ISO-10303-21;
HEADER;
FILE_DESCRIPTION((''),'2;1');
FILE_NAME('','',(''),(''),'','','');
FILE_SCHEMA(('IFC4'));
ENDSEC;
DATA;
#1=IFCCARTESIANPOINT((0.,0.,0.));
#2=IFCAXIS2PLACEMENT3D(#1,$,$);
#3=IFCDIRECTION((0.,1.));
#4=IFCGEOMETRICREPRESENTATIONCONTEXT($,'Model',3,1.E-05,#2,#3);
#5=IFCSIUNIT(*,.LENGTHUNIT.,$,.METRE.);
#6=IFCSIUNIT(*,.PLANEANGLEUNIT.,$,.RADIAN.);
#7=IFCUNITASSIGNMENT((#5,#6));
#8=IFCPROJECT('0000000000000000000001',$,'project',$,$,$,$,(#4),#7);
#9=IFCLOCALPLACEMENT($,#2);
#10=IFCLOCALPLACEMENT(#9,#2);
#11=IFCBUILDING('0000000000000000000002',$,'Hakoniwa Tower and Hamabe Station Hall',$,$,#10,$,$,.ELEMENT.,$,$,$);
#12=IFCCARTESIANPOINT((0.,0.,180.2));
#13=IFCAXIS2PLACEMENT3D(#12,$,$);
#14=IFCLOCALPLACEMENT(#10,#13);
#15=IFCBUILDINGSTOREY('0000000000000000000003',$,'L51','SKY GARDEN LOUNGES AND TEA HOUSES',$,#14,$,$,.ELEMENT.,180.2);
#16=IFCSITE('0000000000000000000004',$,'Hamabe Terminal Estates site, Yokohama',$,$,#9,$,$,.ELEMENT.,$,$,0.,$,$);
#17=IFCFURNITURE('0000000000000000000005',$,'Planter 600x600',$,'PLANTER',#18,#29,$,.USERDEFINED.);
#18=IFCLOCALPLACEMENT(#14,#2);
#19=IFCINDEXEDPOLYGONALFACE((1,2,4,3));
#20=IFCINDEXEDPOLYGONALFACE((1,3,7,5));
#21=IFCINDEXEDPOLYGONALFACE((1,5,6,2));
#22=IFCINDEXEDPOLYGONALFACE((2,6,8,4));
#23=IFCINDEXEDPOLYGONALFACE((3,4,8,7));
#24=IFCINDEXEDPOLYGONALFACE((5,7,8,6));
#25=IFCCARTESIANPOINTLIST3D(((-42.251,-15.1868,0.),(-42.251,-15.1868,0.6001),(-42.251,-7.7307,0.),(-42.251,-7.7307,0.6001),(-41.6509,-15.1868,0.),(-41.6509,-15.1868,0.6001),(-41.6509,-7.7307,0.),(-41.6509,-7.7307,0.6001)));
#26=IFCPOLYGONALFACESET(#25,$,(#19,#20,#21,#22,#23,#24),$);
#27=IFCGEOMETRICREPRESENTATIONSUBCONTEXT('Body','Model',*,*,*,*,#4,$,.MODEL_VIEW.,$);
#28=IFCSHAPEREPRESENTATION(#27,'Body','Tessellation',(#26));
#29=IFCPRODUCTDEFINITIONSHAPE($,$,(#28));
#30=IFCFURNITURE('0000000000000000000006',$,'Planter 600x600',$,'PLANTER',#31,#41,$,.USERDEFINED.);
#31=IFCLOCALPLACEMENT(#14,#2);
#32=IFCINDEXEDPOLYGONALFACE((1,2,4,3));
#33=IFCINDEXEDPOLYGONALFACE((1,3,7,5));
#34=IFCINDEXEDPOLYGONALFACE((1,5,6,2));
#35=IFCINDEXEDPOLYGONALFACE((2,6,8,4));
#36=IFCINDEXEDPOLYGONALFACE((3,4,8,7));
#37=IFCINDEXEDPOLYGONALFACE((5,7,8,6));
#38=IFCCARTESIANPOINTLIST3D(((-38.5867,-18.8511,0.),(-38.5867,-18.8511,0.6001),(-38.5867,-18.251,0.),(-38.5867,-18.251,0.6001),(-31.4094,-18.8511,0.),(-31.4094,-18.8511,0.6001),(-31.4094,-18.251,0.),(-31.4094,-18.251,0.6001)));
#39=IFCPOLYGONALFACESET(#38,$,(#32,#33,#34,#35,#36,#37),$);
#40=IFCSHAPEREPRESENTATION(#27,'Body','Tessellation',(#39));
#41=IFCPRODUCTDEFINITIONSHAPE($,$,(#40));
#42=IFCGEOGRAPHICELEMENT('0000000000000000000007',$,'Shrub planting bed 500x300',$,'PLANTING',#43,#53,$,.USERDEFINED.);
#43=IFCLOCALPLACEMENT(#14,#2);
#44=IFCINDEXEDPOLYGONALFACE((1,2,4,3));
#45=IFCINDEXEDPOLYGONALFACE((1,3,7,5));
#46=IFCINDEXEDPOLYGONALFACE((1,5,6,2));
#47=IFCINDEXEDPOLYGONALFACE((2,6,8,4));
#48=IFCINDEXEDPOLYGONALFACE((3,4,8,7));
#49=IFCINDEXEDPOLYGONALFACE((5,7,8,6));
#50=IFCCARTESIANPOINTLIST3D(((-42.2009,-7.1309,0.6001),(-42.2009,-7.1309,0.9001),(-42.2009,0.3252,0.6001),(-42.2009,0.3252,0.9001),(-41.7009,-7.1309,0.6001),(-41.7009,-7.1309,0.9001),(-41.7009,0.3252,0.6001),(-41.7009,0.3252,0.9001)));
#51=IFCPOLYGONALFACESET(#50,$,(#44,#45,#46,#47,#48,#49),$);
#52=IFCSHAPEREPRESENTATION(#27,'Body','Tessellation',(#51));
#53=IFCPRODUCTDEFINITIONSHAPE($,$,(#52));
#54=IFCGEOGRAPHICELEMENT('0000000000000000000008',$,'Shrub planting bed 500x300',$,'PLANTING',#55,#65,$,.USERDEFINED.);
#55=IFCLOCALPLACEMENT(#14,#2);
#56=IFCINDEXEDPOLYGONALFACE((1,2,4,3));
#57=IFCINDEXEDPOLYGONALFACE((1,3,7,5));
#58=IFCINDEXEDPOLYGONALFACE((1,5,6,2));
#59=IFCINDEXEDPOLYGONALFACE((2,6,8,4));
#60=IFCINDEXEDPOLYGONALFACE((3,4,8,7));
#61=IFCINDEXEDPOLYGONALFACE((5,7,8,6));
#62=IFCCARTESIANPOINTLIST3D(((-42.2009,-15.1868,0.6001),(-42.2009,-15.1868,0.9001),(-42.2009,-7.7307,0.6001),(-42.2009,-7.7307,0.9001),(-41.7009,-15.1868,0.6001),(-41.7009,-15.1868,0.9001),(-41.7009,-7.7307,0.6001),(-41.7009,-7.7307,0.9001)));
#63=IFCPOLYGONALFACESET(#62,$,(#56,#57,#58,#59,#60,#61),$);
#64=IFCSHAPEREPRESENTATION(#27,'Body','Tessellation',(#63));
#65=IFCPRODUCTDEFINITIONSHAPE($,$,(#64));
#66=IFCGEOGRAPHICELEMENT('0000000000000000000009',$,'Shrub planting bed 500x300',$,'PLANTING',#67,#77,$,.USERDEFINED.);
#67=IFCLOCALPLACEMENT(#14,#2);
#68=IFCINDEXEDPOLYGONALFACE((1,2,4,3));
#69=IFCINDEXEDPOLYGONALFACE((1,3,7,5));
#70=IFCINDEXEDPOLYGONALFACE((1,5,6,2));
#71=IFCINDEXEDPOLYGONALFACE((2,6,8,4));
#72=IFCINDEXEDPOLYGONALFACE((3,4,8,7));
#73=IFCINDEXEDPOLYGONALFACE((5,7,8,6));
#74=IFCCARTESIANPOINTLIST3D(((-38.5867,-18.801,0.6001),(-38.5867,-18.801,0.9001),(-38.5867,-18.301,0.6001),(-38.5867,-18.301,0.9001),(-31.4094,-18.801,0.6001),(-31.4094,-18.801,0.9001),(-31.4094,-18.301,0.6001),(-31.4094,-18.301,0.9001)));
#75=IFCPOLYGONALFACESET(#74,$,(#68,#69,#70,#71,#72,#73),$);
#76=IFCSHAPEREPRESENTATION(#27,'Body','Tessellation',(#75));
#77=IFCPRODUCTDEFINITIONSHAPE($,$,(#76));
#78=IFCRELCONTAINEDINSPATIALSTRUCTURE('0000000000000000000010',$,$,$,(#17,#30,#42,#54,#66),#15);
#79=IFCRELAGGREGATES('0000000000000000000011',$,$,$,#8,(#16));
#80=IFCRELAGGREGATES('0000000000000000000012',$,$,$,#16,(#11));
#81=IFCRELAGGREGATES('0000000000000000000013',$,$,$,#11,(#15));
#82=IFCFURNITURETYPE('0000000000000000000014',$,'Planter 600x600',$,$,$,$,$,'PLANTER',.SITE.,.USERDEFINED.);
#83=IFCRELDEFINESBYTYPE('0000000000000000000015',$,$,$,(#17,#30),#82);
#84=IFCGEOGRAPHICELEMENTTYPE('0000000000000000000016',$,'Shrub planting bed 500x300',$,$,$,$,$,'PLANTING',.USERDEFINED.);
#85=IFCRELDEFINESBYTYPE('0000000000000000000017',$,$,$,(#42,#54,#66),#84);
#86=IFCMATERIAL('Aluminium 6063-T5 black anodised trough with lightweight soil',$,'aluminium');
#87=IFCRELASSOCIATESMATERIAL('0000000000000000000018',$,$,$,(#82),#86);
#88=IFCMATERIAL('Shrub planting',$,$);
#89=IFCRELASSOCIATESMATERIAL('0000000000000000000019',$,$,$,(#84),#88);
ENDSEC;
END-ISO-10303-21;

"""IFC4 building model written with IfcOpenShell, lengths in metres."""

from ifc_helpers import new_model, si_unit, direction, frame, origin, origin_2d, place, context, subcontext, project, spatial, rectangle, extrude, material, type_object, element, save


model = new_model("IFC4")

# Units and contexts
model_context = context("Model", 3, precision=1e-05, world=origin(), true_north=direction((0.0, 1.0)))
body_context = subcontext(model_context, "Body", "Model", "MODEL_VIEW")
ifc_project = project(units=[si_unit("LENGTHUNIT", "METRE"), si_unit("PLANEANGLEUNIT", "RADIAN")], contexts=[model_context])

# Site, building, storey
site_placement = place(None, origin())
site = spatial("IfcSite", under=ifc_project, at=site_placement, Name="Hamabe Terminal Estates site, Yokohama", CompositionType="ELEMENT", RefElevation=0.0)
building_placement = place(site_placement, origin())
building = spatial("IfcBuilding", under=site, at=building_placement, Name="Hakoniwa Tower and Hamabe Station Hall", CompositionType="ELEMENT")
storey_placement = place(building_placement, frame((0.0, 0.0, 180.2)))
storey = spatial("IfcBuildingStorey", under=building, at=storey_placement, Name="L51", Description="SKY GARDEN LOUNGES AND TEA HOUSES", CompositionType="ELEMENT", Elevation=180.2)

# Furniture
ifc_material_1 = material(Name="Aluminium 6063-T5 black anodised trough with lightweight soil", Category="aluminium")
furniture_type = type_object("IfcFurnitureType", Name="Planter 600x600", ElementType="PLANTER", AssemblyPlace="SITE", PredefinedType="USERDEFINED", material=ifc_material_1)
for number, where, z_axis, x_axis, name in (
    (1, (-41.9509, -11.4587, 0.0), (0.0, 0.0, 1.0), (0.0, -1.0, 0.0), "Planter 600x600"),
):
    element("IfcFurniture", number, at=place(storey_placement, frame(where, z_axis=z_axis, x_axis=x_axis)), inside=storey, type_object=furniture_type, Name=name, ObjectType="PLANTER", PredefinedType="USERDEFINED", context=body_context, shape_type="SweptSolid", body=[
        extrude(rectangle(XDim=7.4561, YDim=0.6001, at=origin_2d()), origin(), (0.0, 0.0, 1.0), 0.6001),
    ])
furniture_placement = place(storey_placement, frame((-34.998, -18.551, 0.0), z_axis=(0.0, 0.0, 1.0), x_axis=(1.0, 0.0, 0.0)))
element("IfcFurniture", 2, at=furniture_placement, inside=storey, type_object=furniture_type, Name="Planter 600x600", ObjectType="PLANTER", PredefinedType="USERDEFINED", context=body_context, shape_type="SweptSolid", body=[
    extrude(rectangle(XDim=7.1772, YDim=0.6001, at=origin_2d()), origin(), (0.0, 0.0, 1.0), 0.6001),
])

# Geographic elements
ifc_material_2 = material(Name="Shrub planting")
geographic_element_type = type_object("IfcGeographicElementType", Name="Shrub planting bed 500x300", ElementType="PLANTING", PredefinedType="USERDEFINED", material=ifc_material_2)
for number, where, z_axis, x_axis, name in (
    (3, (-41.9509, -3.4028, 0.6001), (0.0, 0.0, 1.0), (0.0, -1.0, 0.0), "Shrub planting bed 500x300"),
    (4, (-41.9509, -11.4587, 0.6001), (0.0, 0.0, 1.0), (0.0, -1.0, 0.0), "Shrub planting bed 500x300"),
):
    element("IfcGeographicElement", number, at=place(storey_placement, frame(where, z_axis=z_axis, x_axis=x_axis)), inside=storey, type_object=geographic_element_type, Name=name, ObjectType="PLANTING", PredefinedType="USERDEFINED", context=body_context, shape_type="SweptSolid", body=[
        extrude(rectangle(XDim=7.4561, YDim=0.5, at=origin_2d()), origin(), (0.0, 0.0, 1.0), 0.3),
    ])
geographic_element_placement = place(storey_placement, frame((-34.998, -18.551, 0.6001), z_axis=(0.0, 0.0, 1.0), x_axis=(1.0, 0.0, 0.0)))
element("IfcGeographicElement", 5, at=geographic_element_placement, inside=storey, type_object=geographic_element_type, Name="Shrub planting bed 500x300", ObjectType="PLANTING", PredefinedType="USERDEFINED", context=body_context, shape_type="SweptSolid", body=[
    extrude(rectangle(XDim=7.1772, YDim=0.5, at=origin_2d()), origin(), (0.0, 0.0, 1.0), 0.3),
])

save(model, "model.ifc")
